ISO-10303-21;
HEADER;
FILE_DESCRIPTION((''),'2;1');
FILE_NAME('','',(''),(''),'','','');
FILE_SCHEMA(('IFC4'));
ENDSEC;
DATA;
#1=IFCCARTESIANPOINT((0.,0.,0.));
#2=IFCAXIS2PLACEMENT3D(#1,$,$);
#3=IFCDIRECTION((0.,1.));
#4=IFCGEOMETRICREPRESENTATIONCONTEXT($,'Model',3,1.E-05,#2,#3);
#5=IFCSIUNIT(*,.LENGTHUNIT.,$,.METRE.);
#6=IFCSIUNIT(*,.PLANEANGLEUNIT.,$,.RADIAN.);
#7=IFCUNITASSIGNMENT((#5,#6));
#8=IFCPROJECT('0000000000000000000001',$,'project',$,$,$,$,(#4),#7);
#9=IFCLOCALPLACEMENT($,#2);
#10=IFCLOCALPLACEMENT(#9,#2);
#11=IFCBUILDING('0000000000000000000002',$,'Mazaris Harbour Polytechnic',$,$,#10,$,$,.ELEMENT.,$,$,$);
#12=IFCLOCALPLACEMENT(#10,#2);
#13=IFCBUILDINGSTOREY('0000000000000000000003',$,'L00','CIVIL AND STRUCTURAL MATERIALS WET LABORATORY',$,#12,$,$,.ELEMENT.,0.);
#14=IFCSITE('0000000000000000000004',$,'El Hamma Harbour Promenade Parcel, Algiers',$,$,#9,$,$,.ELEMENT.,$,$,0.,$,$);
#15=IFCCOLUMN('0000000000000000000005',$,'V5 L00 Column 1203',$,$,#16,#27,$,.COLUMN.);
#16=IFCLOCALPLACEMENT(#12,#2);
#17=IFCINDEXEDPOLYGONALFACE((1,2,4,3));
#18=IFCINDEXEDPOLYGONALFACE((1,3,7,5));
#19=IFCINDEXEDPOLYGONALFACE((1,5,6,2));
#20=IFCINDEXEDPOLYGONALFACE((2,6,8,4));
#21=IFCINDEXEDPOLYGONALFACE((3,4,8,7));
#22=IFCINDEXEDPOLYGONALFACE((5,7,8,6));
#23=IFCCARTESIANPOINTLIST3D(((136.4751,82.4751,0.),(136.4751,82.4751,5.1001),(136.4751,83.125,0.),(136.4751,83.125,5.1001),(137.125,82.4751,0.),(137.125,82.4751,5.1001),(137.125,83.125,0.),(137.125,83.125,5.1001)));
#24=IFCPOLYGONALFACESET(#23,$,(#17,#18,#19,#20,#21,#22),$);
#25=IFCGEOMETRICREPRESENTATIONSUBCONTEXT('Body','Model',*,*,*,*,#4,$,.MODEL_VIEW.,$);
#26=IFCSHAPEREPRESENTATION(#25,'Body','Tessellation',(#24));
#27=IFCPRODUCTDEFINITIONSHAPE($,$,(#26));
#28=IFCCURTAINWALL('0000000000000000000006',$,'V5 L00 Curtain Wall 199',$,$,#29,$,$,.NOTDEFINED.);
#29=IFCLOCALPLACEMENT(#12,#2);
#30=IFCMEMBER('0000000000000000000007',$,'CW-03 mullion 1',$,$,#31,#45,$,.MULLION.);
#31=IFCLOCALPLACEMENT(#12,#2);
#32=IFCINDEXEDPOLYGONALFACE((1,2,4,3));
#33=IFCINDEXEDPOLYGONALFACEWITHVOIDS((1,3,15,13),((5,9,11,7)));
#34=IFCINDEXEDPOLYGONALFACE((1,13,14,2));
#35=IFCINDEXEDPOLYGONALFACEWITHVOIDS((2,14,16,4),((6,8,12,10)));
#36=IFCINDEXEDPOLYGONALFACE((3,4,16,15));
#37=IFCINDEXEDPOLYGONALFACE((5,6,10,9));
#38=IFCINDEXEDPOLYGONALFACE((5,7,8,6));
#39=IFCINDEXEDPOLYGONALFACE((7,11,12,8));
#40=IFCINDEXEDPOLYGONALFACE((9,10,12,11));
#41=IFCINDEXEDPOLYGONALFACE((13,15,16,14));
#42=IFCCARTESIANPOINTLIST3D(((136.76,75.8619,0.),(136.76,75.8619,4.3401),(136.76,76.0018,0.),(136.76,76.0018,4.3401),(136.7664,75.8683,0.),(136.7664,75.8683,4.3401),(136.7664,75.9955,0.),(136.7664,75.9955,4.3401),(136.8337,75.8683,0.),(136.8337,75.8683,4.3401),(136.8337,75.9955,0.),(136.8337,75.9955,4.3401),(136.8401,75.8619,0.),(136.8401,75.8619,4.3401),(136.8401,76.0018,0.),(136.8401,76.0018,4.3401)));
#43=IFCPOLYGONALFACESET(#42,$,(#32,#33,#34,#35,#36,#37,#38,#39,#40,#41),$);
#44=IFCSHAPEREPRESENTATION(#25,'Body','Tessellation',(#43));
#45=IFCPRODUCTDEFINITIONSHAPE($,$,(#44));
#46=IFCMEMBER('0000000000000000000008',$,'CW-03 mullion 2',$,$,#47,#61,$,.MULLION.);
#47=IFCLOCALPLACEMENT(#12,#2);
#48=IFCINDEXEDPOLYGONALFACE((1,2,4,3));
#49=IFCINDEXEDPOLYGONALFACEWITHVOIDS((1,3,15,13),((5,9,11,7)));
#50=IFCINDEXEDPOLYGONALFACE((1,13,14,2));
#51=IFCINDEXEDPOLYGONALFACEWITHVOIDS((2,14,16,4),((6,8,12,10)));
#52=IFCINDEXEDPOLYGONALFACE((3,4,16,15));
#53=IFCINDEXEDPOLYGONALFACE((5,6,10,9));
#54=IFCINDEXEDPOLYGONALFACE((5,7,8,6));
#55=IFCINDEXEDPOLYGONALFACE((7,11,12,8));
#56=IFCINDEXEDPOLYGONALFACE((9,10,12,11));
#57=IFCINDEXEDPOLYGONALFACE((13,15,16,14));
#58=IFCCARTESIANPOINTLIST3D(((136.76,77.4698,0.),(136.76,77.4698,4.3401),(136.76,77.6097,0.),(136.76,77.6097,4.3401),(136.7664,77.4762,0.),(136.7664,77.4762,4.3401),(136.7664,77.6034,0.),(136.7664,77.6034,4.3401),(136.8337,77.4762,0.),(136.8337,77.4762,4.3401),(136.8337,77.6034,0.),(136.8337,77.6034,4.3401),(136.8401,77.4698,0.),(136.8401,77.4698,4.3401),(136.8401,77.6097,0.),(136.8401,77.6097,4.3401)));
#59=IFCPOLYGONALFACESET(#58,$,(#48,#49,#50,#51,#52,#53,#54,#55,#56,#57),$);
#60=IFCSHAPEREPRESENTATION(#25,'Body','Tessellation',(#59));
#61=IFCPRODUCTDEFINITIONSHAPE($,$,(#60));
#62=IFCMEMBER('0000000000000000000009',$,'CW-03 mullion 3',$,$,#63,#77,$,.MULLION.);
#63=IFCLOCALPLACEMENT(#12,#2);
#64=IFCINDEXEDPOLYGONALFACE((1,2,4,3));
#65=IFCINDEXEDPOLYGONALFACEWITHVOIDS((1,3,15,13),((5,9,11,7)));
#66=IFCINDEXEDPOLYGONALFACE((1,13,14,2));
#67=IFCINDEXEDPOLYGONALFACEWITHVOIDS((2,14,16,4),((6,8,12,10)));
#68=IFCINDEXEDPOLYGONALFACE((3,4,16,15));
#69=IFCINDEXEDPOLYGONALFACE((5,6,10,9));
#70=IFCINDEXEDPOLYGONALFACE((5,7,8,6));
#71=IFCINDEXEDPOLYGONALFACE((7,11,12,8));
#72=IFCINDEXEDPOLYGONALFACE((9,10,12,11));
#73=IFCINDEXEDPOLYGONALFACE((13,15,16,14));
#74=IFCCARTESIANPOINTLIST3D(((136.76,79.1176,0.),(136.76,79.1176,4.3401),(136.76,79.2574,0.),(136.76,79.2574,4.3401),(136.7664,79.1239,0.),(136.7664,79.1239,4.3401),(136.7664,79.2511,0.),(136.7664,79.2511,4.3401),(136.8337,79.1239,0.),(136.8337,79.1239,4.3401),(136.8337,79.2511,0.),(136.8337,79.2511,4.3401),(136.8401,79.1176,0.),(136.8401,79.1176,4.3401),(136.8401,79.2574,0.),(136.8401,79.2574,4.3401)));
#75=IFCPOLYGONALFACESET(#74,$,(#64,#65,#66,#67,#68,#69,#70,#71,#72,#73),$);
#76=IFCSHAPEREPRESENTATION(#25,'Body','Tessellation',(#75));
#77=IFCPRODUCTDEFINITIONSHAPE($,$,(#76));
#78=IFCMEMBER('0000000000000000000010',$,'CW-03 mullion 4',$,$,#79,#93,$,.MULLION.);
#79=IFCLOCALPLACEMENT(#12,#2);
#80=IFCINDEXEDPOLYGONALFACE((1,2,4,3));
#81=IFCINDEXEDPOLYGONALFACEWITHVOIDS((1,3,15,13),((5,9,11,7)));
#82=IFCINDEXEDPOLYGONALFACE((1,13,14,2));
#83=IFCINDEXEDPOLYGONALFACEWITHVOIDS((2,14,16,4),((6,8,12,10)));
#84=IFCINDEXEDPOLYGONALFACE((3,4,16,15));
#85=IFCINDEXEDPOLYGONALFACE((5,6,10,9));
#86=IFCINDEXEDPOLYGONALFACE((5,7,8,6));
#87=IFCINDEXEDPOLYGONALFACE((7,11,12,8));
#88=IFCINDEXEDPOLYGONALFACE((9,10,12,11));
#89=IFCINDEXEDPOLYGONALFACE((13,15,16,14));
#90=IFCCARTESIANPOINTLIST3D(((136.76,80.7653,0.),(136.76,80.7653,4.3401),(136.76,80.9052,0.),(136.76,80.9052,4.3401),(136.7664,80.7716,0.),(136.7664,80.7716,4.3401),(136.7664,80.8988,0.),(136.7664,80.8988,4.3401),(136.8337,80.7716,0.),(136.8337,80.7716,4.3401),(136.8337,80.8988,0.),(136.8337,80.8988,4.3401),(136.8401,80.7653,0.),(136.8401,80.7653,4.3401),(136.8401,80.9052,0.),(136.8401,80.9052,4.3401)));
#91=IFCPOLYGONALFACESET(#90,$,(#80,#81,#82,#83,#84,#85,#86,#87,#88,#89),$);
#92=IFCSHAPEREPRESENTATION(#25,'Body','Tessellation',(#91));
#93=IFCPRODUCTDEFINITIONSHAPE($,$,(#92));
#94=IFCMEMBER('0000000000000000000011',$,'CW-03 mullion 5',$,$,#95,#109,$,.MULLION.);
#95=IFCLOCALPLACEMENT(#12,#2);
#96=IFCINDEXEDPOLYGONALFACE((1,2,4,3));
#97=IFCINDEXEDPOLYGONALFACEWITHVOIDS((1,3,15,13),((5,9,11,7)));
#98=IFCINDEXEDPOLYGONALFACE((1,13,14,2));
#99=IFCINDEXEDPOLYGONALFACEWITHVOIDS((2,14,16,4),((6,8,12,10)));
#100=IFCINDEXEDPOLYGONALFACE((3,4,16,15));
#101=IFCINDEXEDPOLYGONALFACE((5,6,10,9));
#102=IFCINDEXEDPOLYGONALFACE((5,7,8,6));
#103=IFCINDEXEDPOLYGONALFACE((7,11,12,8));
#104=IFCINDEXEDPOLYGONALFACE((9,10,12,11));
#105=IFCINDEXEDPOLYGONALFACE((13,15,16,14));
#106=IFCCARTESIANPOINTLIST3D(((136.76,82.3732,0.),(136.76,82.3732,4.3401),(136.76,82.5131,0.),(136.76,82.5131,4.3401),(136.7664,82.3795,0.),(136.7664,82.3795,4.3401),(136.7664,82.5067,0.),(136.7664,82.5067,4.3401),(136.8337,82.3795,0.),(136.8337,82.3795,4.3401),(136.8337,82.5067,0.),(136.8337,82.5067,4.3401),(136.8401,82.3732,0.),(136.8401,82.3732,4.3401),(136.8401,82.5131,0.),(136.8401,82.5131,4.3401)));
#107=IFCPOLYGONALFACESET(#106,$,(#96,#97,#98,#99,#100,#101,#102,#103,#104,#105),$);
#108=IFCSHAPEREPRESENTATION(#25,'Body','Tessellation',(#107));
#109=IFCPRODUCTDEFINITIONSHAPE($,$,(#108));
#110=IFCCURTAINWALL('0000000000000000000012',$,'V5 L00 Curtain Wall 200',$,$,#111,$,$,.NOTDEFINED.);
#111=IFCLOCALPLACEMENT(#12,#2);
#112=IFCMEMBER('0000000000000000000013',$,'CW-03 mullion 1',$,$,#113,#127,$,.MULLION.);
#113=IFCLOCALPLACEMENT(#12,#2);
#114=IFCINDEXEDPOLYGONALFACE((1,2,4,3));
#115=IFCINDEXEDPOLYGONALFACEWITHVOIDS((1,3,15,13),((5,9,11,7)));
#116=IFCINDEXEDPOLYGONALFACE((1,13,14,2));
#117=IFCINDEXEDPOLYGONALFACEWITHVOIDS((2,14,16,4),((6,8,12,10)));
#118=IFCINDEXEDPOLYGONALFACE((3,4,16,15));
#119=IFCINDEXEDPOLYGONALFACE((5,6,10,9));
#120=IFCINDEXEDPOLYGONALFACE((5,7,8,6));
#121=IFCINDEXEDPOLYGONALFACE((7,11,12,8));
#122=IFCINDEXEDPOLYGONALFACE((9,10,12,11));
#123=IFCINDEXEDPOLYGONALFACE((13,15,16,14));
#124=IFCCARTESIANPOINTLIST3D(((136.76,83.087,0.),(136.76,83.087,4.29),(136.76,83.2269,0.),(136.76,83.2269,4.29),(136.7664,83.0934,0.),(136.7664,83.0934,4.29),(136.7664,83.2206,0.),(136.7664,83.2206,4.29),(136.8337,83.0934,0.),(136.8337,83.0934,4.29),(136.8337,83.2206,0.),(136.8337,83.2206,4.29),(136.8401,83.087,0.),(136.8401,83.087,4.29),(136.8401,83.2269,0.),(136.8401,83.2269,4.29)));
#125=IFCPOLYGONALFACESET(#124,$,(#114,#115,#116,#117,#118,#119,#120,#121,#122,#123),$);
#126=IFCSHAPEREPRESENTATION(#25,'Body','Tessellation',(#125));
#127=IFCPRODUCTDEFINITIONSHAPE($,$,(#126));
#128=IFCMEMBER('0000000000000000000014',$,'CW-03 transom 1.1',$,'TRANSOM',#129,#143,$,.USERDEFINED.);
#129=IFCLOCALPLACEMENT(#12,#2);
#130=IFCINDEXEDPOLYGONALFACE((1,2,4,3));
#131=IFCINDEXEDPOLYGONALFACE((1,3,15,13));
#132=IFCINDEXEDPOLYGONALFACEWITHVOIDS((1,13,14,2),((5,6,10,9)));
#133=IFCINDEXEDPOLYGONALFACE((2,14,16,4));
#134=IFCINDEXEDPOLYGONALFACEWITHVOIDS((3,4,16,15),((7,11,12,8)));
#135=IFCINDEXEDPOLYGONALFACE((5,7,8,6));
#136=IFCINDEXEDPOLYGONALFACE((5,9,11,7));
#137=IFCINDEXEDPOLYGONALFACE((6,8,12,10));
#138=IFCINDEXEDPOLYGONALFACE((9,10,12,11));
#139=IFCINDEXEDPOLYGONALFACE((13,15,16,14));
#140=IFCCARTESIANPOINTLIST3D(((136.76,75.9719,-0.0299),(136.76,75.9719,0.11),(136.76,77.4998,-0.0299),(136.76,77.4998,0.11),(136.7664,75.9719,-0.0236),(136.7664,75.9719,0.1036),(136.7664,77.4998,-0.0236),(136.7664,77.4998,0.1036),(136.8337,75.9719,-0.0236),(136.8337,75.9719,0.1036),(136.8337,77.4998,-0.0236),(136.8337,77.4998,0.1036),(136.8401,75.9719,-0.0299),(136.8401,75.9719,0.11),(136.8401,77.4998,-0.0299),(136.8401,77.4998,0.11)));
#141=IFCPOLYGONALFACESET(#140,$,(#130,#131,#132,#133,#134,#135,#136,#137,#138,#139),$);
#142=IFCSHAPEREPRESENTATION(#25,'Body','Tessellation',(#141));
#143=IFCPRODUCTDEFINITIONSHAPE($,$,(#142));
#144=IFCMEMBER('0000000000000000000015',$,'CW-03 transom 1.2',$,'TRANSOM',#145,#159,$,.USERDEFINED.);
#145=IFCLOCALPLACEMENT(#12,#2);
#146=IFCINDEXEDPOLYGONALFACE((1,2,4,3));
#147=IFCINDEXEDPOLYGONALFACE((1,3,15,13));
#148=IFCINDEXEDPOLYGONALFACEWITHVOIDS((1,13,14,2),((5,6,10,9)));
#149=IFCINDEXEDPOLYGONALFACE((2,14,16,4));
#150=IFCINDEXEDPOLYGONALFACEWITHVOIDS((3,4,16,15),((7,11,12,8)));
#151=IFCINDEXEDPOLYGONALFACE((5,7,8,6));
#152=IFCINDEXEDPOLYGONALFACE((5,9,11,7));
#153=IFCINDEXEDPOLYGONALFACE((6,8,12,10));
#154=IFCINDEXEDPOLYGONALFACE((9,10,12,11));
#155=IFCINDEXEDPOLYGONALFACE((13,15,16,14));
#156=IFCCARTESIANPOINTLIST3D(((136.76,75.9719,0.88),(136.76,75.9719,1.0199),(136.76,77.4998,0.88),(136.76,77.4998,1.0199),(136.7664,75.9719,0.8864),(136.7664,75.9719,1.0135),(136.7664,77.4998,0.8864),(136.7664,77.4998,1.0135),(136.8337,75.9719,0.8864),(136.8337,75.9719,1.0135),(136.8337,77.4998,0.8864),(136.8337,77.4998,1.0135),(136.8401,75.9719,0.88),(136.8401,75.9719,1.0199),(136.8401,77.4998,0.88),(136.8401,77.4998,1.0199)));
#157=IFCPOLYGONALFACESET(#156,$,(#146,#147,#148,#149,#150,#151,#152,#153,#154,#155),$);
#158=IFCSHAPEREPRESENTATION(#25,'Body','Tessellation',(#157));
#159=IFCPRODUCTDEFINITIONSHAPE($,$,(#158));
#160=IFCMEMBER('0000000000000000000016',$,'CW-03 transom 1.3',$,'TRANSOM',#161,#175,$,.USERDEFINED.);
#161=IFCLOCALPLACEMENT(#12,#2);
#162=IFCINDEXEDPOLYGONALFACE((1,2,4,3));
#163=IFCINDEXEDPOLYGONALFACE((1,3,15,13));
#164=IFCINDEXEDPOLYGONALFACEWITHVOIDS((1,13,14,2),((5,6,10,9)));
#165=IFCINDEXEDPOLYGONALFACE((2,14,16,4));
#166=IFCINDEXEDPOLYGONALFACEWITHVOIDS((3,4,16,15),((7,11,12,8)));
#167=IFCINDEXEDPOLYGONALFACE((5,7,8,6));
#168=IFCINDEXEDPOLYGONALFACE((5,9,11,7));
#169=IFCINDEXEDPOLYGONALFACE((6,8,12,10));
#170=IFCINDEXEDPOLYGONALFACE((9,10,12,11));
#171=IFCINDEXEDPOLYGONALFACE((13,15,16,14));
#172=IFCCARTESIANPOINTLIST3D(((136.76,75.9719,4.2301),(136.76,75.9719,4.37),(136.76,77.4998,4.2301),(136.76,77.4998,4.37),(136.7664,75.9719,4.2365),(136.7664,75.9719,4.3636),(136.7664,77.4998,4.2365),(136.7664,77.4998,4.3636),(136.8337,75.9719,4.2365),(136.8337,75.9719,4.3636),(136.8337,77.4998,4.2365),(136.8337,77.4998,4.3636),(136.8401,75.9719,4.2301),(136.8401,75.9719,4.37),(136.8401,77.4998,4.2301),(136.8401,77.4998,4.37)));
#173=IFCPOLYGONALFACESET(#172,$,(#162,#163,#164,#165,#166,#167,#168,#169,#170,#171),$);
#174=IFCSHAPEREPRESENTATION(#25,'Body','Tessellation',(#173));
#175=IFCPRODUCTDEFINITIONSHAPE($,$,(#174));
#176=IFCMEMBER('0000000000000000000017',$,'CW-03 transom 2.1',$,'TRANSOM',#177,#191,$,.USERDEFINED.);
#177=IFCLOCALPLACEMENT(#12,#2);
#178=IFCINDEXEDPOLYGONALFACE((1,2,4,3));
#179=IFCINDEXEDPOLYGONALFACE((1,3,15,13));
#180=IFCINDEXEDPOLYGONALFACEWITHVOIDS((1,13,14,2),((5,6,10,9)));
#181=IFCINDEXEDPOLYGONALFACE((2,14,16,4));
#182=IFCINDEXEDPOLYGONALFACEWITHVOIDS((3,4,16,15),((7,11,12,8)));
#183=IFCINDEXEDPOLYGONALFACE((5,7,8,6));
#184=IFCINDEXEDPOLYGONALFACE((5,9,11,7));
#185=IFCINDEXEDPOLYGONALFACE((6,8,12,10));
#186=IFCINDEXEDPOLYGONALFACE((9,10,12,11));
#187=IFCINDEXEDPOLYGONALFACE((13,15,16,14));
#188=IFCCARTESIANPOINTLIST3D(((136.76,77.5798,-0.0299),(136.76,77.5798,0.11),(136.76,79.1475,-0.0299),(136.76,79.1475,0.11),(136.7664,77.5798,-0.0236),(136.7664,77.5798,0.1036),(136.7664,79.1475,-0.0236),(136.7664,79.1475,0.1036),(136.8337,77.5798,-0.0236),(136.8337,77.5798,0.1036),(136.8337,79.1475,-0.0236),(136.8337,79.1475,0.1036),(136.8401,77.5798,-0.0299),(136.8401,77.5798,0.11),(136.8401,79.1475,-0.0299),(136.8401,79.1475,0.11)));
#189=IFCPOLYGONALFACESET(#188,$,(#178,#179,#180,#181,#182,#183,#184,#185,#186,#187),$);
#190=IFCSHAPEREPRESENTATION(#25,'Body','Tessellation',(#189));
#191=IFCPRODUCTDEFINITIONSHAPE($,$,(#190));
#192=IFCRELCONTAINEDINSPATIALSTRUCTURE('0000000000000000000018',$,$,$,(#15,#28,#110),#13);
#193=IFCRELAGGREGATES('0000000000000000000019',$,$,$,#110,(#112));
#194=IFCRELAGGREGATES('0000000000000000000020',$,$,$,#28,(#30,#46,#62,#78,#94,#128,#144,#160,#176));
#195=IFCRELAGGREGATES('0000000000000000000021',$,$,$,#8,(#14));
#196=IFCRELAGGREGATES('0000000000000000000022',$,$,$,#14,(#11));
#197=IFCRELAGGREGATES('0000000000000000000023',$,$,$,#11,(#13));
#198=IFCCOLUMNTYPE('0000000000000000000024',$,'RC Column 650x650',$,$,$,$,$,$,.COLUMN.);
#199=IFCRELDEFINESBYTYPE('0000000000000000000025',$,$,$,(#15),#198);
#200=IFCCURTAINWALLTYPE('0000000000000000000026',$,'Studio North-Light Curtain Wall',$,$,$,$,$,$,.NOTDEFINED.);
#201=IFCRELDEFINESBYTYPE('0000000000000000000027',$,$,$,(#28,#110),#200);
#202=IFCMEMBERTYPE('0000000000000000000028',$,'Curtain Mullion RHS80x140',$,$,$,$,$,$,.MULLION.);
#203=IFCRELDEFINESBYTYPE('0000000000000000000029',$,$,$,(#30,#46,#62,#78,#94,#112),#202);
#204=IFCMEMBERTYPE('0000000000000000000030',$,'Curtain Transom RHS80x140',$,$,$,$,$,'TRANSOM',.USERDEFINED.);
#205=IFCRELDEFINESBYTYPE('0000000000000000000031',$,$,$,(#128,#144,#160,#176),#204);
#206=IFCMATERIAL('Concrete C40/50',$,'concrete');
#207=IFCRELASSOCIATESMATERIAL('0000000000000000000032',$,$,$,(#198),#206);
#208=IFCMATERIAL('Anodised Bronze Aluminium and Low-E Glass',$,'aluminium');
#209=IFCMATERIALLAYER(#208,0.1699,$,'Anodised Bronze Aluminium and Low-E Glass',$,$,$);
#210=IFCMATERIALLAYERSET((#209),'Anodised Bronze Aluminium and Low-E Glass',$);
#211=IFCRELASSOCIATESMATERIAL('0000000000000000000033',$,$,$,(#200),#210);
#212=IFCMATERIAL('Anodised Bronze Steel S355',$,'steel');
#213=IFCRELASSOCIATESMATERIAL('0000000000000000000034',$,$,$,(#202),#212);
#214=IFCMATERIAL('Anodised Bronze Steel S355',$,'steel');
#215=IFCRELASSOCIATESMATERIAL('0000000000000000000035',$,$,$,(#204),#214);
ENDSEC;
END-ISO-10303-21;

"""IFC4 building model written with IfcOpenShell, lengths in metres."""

from ifc_helpers import new_model, si_unit, direction, frame, origin, origin_2d, place, context, subcontext, project, spatial, rectangle, hollow_rectangle, extrude, material, layer, layer_set, material_profile, profile_set, type_object, element, aggregate, save


model = new_model("IFC4")

# Units and contexts
model_context = context("Model", 3, precision=1e-05, world=origin(), true_north=direction((0.0, 1.0)))
body_context = subcontext(model_context, "Body", "Model", "MODEL_VIEW")
ifc_project = project(units=[si_unit("LENGTHUNIT", "METRE"), si_unit("PLANEANGLEUNIT", "RADIAN")], contexts=[model_context])

# Site, building, storey
site_placement = place(None, origin())
site = spatial("IfcSite", under=ifc_project, at=site_placement, Name="El Hamma Harbour Promenade Parcel, Algiers", CompositionType="ELEMENT", RefElevation=0.0)
building_placement = place(site_placement, origin())
building = spatial("IfcBuilding", under=site, at=building_placement, Name="Mazaris Harbour Polytechnic", CompositionType="ELEMENT")
storey_placement = place(building_placement, origin())
storey = spatial("IfcBuildingStorey", under=building, at=storey_placement, Name="L00", Description="CIVIL AND STRUCTURAL MATERIALS WET LABORATORY", CompositionType="ELEMENT", Elevation=0.0)

# Column
ifc_material_1 = material(Name="Concrete C40/50", Category="concrete")
ifc_material_profile_1 = material_profile(ifc_material_1, rectangle(XDim=0.6499, YDim=0.6499, at=origin_2d()), Name="RECT650x650")
ifc_profile_set_1 = profile_set([ifc_material_profile_1], Name="Concrete C40/50")
column_type = type_object("IfcColumnType", Name="RC Column 650x650", PredefinedType="COLUMN", material=ifc_profile_set_1)
column_placement = place(storey_placement, frame((136.8, 82.8, 0.0), z_axis=(0.0, 0.0, 1.0), x_axis=(1.0, 0.0, 0.0)))
element("IfcColumn", 1, at=column_placement, inside=storey, type_object=column_type, Name="V5 L00 Column 1203", PredefinedType="COLUMN", context=body_context, shape_type="SweptSolid", body=[
    extrude(rectangle(XDim=0.6499, YDim=0.6499, at=origin_2d()), origin(), (0.0, 0.0, 1.0), 5.1001),
])

# Curtain wall, members
ifc_material_2 = material(Name="Anodised Bronze Aluminium and Low-E Glass", Category="aluminium")
ifc_layer_1 = layer(ifc_material_2, 0.1699, Name="Anodised Bronze Aluminium and Low-E Glass")
ifc_layer_set_1 = layer_set([ifc_layer_1], Name="Anodised Bronze Aluminium and Low-E Glass")
curtain_wall_type = type_object("IfcCurtainWallType", Name="Studio North-Light Curtain Wall", PredefinedType="NOTDEFINED", material=ifc_layer_set_1)
curtain_wall_1_placement = place(storey_placement, origin())
curtain_wall_1 = element("IfcCurtainWall", 2, at=curtain_wall_1_placement, inside=storey, type_object=curtain_wall_type, Name="V5 L00 Curtain Wall 199", PredefinedType="NOTDEFINED")
ifc_material_3 = material(Name="Anodised Bronze Steel S355", Category="steel")
ifc_material_profile_2 = material_profile(ifc_material_3, hollow_rectangle(XDim=0.0801, YDim=0.1399, WallThickness=0.0063, at=origin_2d()), Name="RHS 80x140x6.3")
ifc_profile_set_2 = profile_set([ifc_material_profile_2], Name="Anodised Bronze Steel S355")
member_type_1 = type_object("IfcMemberType", Name="Curtain Mullion RHS80x140", PredefinedType="MULLION", material=ifc_profile_set_2)
member_1_placement = place(storey_placement, frame((136.8, 75.9319, 0.0), z_axis=(0.0, 0.0, 1.0), x_axis=(-1.0, 0.0, 0.0)))
member_1 = element("IfcMember", 3, at=member_1_placement, type_object=member_type_1, Name="CW-03 mullion 1", PredefinedType="MULLION", context=body_context, shape_type="SweptSolid", body=[
    extrude(hollow_rectangle(XDim=0.0801, YDim=0.1399, WallThickness=0.0063, at=origin_2d()), origin(), (0.0, 0.0, 1.0), 4.3401),
])
member_2_placement = place(storey_placement, frame((136.8, 77.5398, 0.0), z_axis=(0.0, 0.0, 1.0), x_axis=(-1.0, 0.0, 0.0)))
member_2 = element("IfcMember", 4, at=member_2_placement, type_object=member_type_1, Name="CW-03 mullion 2", PredefinedType="MULLION", context=body_context, shape_type="SweptSolid", body=[
    extrude(hollow_rectangle(XDim=0.0801, YDim=0.1399, WallThickness=0.0063, at=origin_2d()), origin(), (0.0, 0.0, 1.0), 4.3401),
])
member_3_placement = place(storey_placement, frame((136.8, 79.1875, 0.0), z_axis=(0.0, 0.0, 1.0), x_axis=(-1.0, 0.0, 0.0)))
member_3 = element("IfcMember", 5, at=member_3_placement, type_object=member_type_1, Name="CW-03 mullion 3", PredefinedType="MULLION", context=body_context, shape_type="SweptSolid", body=[
    extrude(hollow_rectangle(XDim=0.0801, YDim=0.1399, WallThickness=0.0063, at=origin_2d()), origin(), (0.0, 0.0, 1.0), 4.3401),
])
member_4_placement = place(storey_placement, frame((136.8, 80.8352, 0.0), z_axis=(0.0, 0.0, 1.0), x_axis=(-1.0, 0.0, 0.0)))
member_4 = element("IfcMember", 6, at=member_4_placement, type_object=member_type_1, Name="CW-03 mullion 4", PredefinedType="MULLION", context=body_context, shape_type="SweptSolid", body=[
    extrude(hollow_rectangle(XDim=0.0801, YDim=0.1399, WallThickness=0.0063, at=origin_2d()), origin(), (0.0, 0.0, 1.0), 4.3401),
])
member_5_placement = place(storey_placement, frame((136.8, 82.4431, 0.0), z_axis=(0.0, 0.0, 1.0), x_axis=(-1.0, 0.0, 0.0)))
member_5 = element("IfcMember", 7, at=member_5_placement, type_object=member_type_1, Name="CW-03 mullion 5", PredefinedType="MULLION", context=body_context, shape_type="SweptSolid", body=[
    extrude(hollow_rectangle(XDim=0.0801, YDim=0.1399, WallThickness=0.0063, at=origin_2d()), origin(), (0.0, 0.0, 1.0), 4.3401),
])

# Curtain wall, member
curtain_wall_2_placement = place(storey_placement, origin())
curtain_wall_2 = element("IfcCurtainWall", 8, at=curtain_wall_2_placement, inside=storey, type_object=curtain_wall_type, Name="V5 L00 Curtain Wall 200", PredefinedType="NOTDEFINED")
member_6_placement = place(storey_placement, frame((136.8, 83.157, 0.0), z_axis=(0.0, 0.0, 1.0), x_axis=(-1.0, 0.0, 0.0)))
member_6 = element("IfcMember", 9, at=member_6_placement, type_object=member_type_1, Name="CW-03 mullion 1", PredefinedType="MULLION", context=body_context, shape_type="SweptSolid", body=[
    extrude(hollow_rectangle(XDim=0.0801, YDim=0.1399, WallThickness=0.0063, at=origin_2d()), origin(), (0.0, 0.0, 1.0), 4.29),
])

# Members
ifc_material_4 = material(Name="Anodised Bronze Steel S355", Category="steel")
ifc_material_profile_3 = material_profile(ifc_material_4, hollow_rectangle(XDim=0.0801, YDim=0.1399, WallThickness=0.0063, at=origin_2d()), Name="RHS 80x140x6.3")
ifc_profile_set_3 = profile_set([ifc_material_profile_3], Name="Anodised Bronze Steel S355")
member_type_2 = type_object("IfcMemberType", Name="Curtain Transom RHS80x140", ElementType="TRANSOM", PredefinedType="USERDEFINED", material=ifc_profile_set_3)
member_7_placement = place(storey_placement, frame((136.8, 75.9719, 0.04), z_axis=(0.0, 1.0, 0.0), x_axis=(-1.0, 0.0, 0.0)))
member_7 = element("IfcMember", 10, at=member_7_placement, type_object=member_type_2, Name="CW-03 transom 1.1", ObjectType="TRANSOM", PredefinedType="USERDEFINED", context=body_context, shape_type="SweptSolid", body=[
    extrude(hollow_rectangle(XDim=0.0801, YDim=0.1399, WallThickness=0.0063, at=origin_2d()), origin(), (0.0, 0.0, 1.0), 1.5278),
])
member_8_placement = place(storey_placement, frame((136.8, 75.9719, 0.95), z_axis=(0.0, 1.0, 0.0), x_axis=(-1.0, 0.0, 0.0)))
member_8 = element("IfcMember", 11, at=member_8_placement, type_object=member_type_2, Name="CW-03 transom 1.2", ObjectType="TRANSOM", PredefinedType="USERDEFINED", context=body_context, shape_type="SweptSolid", body=[
    extrude(hollow_rectangle(XDim=0.0801, YDim=0.1399, WallThickness=0.0063, at=origin_2d()), origin(), (0.0, 0.0, 1.0), 1.5278),
])
member_9_placement = place(storey_placement, frame((136.8, 75.9719, 4.3), z_axis=(0.0, 1.0, 0.0), x_axis=(-1.0, 0.0, 0.0)))
member_9 = element("IfcMember", 12, at=member_9_placement, type_object=member_type_2, Name="CW-03 transom 1.3", ObjectType="TRANSOM", PredefinedType="USERDEFINED", context=body_context, shape_type="SweptSolid", body=[
    extrude(hollow_rectangle(XDim=0.0801, YDim=0.1399, WallThickness=0.0063, at=origin_2d()), origin(), (0.0, 0.0, 1.0), 1.5278),
])
member_10_placement = place(storey_placement, frame((136.8, 77.5798, 0.04), z_axis=(0.0, 1.0, 0.0), x_axis=(-1.0, 0.0, 0.0)))
member_10 = element("IfcMember", 13, at=member_10_placement, type_object=member_type_2, Name="CW-03 transom 2.1", ObjectType="TRANSOM", PredefinedType="USERDEFINED", context=body_context, shape_type="SweptSolid", body=[
    extrude(hollow_rectangle(XDim=0.0801, YDim=0.1399, WallThickness=0.0063, at=origin_2d()), origin(), (0.0, 0.0, 1.0), 1.5676),
])
aggregate(curtain_wall_2, [member_6])

aggregate(curtain_wall_1, [member_1, member_2, member_3, member_4, member_5, member_7, member_8, member_9, member_10])

save(model, "model.ifc")
